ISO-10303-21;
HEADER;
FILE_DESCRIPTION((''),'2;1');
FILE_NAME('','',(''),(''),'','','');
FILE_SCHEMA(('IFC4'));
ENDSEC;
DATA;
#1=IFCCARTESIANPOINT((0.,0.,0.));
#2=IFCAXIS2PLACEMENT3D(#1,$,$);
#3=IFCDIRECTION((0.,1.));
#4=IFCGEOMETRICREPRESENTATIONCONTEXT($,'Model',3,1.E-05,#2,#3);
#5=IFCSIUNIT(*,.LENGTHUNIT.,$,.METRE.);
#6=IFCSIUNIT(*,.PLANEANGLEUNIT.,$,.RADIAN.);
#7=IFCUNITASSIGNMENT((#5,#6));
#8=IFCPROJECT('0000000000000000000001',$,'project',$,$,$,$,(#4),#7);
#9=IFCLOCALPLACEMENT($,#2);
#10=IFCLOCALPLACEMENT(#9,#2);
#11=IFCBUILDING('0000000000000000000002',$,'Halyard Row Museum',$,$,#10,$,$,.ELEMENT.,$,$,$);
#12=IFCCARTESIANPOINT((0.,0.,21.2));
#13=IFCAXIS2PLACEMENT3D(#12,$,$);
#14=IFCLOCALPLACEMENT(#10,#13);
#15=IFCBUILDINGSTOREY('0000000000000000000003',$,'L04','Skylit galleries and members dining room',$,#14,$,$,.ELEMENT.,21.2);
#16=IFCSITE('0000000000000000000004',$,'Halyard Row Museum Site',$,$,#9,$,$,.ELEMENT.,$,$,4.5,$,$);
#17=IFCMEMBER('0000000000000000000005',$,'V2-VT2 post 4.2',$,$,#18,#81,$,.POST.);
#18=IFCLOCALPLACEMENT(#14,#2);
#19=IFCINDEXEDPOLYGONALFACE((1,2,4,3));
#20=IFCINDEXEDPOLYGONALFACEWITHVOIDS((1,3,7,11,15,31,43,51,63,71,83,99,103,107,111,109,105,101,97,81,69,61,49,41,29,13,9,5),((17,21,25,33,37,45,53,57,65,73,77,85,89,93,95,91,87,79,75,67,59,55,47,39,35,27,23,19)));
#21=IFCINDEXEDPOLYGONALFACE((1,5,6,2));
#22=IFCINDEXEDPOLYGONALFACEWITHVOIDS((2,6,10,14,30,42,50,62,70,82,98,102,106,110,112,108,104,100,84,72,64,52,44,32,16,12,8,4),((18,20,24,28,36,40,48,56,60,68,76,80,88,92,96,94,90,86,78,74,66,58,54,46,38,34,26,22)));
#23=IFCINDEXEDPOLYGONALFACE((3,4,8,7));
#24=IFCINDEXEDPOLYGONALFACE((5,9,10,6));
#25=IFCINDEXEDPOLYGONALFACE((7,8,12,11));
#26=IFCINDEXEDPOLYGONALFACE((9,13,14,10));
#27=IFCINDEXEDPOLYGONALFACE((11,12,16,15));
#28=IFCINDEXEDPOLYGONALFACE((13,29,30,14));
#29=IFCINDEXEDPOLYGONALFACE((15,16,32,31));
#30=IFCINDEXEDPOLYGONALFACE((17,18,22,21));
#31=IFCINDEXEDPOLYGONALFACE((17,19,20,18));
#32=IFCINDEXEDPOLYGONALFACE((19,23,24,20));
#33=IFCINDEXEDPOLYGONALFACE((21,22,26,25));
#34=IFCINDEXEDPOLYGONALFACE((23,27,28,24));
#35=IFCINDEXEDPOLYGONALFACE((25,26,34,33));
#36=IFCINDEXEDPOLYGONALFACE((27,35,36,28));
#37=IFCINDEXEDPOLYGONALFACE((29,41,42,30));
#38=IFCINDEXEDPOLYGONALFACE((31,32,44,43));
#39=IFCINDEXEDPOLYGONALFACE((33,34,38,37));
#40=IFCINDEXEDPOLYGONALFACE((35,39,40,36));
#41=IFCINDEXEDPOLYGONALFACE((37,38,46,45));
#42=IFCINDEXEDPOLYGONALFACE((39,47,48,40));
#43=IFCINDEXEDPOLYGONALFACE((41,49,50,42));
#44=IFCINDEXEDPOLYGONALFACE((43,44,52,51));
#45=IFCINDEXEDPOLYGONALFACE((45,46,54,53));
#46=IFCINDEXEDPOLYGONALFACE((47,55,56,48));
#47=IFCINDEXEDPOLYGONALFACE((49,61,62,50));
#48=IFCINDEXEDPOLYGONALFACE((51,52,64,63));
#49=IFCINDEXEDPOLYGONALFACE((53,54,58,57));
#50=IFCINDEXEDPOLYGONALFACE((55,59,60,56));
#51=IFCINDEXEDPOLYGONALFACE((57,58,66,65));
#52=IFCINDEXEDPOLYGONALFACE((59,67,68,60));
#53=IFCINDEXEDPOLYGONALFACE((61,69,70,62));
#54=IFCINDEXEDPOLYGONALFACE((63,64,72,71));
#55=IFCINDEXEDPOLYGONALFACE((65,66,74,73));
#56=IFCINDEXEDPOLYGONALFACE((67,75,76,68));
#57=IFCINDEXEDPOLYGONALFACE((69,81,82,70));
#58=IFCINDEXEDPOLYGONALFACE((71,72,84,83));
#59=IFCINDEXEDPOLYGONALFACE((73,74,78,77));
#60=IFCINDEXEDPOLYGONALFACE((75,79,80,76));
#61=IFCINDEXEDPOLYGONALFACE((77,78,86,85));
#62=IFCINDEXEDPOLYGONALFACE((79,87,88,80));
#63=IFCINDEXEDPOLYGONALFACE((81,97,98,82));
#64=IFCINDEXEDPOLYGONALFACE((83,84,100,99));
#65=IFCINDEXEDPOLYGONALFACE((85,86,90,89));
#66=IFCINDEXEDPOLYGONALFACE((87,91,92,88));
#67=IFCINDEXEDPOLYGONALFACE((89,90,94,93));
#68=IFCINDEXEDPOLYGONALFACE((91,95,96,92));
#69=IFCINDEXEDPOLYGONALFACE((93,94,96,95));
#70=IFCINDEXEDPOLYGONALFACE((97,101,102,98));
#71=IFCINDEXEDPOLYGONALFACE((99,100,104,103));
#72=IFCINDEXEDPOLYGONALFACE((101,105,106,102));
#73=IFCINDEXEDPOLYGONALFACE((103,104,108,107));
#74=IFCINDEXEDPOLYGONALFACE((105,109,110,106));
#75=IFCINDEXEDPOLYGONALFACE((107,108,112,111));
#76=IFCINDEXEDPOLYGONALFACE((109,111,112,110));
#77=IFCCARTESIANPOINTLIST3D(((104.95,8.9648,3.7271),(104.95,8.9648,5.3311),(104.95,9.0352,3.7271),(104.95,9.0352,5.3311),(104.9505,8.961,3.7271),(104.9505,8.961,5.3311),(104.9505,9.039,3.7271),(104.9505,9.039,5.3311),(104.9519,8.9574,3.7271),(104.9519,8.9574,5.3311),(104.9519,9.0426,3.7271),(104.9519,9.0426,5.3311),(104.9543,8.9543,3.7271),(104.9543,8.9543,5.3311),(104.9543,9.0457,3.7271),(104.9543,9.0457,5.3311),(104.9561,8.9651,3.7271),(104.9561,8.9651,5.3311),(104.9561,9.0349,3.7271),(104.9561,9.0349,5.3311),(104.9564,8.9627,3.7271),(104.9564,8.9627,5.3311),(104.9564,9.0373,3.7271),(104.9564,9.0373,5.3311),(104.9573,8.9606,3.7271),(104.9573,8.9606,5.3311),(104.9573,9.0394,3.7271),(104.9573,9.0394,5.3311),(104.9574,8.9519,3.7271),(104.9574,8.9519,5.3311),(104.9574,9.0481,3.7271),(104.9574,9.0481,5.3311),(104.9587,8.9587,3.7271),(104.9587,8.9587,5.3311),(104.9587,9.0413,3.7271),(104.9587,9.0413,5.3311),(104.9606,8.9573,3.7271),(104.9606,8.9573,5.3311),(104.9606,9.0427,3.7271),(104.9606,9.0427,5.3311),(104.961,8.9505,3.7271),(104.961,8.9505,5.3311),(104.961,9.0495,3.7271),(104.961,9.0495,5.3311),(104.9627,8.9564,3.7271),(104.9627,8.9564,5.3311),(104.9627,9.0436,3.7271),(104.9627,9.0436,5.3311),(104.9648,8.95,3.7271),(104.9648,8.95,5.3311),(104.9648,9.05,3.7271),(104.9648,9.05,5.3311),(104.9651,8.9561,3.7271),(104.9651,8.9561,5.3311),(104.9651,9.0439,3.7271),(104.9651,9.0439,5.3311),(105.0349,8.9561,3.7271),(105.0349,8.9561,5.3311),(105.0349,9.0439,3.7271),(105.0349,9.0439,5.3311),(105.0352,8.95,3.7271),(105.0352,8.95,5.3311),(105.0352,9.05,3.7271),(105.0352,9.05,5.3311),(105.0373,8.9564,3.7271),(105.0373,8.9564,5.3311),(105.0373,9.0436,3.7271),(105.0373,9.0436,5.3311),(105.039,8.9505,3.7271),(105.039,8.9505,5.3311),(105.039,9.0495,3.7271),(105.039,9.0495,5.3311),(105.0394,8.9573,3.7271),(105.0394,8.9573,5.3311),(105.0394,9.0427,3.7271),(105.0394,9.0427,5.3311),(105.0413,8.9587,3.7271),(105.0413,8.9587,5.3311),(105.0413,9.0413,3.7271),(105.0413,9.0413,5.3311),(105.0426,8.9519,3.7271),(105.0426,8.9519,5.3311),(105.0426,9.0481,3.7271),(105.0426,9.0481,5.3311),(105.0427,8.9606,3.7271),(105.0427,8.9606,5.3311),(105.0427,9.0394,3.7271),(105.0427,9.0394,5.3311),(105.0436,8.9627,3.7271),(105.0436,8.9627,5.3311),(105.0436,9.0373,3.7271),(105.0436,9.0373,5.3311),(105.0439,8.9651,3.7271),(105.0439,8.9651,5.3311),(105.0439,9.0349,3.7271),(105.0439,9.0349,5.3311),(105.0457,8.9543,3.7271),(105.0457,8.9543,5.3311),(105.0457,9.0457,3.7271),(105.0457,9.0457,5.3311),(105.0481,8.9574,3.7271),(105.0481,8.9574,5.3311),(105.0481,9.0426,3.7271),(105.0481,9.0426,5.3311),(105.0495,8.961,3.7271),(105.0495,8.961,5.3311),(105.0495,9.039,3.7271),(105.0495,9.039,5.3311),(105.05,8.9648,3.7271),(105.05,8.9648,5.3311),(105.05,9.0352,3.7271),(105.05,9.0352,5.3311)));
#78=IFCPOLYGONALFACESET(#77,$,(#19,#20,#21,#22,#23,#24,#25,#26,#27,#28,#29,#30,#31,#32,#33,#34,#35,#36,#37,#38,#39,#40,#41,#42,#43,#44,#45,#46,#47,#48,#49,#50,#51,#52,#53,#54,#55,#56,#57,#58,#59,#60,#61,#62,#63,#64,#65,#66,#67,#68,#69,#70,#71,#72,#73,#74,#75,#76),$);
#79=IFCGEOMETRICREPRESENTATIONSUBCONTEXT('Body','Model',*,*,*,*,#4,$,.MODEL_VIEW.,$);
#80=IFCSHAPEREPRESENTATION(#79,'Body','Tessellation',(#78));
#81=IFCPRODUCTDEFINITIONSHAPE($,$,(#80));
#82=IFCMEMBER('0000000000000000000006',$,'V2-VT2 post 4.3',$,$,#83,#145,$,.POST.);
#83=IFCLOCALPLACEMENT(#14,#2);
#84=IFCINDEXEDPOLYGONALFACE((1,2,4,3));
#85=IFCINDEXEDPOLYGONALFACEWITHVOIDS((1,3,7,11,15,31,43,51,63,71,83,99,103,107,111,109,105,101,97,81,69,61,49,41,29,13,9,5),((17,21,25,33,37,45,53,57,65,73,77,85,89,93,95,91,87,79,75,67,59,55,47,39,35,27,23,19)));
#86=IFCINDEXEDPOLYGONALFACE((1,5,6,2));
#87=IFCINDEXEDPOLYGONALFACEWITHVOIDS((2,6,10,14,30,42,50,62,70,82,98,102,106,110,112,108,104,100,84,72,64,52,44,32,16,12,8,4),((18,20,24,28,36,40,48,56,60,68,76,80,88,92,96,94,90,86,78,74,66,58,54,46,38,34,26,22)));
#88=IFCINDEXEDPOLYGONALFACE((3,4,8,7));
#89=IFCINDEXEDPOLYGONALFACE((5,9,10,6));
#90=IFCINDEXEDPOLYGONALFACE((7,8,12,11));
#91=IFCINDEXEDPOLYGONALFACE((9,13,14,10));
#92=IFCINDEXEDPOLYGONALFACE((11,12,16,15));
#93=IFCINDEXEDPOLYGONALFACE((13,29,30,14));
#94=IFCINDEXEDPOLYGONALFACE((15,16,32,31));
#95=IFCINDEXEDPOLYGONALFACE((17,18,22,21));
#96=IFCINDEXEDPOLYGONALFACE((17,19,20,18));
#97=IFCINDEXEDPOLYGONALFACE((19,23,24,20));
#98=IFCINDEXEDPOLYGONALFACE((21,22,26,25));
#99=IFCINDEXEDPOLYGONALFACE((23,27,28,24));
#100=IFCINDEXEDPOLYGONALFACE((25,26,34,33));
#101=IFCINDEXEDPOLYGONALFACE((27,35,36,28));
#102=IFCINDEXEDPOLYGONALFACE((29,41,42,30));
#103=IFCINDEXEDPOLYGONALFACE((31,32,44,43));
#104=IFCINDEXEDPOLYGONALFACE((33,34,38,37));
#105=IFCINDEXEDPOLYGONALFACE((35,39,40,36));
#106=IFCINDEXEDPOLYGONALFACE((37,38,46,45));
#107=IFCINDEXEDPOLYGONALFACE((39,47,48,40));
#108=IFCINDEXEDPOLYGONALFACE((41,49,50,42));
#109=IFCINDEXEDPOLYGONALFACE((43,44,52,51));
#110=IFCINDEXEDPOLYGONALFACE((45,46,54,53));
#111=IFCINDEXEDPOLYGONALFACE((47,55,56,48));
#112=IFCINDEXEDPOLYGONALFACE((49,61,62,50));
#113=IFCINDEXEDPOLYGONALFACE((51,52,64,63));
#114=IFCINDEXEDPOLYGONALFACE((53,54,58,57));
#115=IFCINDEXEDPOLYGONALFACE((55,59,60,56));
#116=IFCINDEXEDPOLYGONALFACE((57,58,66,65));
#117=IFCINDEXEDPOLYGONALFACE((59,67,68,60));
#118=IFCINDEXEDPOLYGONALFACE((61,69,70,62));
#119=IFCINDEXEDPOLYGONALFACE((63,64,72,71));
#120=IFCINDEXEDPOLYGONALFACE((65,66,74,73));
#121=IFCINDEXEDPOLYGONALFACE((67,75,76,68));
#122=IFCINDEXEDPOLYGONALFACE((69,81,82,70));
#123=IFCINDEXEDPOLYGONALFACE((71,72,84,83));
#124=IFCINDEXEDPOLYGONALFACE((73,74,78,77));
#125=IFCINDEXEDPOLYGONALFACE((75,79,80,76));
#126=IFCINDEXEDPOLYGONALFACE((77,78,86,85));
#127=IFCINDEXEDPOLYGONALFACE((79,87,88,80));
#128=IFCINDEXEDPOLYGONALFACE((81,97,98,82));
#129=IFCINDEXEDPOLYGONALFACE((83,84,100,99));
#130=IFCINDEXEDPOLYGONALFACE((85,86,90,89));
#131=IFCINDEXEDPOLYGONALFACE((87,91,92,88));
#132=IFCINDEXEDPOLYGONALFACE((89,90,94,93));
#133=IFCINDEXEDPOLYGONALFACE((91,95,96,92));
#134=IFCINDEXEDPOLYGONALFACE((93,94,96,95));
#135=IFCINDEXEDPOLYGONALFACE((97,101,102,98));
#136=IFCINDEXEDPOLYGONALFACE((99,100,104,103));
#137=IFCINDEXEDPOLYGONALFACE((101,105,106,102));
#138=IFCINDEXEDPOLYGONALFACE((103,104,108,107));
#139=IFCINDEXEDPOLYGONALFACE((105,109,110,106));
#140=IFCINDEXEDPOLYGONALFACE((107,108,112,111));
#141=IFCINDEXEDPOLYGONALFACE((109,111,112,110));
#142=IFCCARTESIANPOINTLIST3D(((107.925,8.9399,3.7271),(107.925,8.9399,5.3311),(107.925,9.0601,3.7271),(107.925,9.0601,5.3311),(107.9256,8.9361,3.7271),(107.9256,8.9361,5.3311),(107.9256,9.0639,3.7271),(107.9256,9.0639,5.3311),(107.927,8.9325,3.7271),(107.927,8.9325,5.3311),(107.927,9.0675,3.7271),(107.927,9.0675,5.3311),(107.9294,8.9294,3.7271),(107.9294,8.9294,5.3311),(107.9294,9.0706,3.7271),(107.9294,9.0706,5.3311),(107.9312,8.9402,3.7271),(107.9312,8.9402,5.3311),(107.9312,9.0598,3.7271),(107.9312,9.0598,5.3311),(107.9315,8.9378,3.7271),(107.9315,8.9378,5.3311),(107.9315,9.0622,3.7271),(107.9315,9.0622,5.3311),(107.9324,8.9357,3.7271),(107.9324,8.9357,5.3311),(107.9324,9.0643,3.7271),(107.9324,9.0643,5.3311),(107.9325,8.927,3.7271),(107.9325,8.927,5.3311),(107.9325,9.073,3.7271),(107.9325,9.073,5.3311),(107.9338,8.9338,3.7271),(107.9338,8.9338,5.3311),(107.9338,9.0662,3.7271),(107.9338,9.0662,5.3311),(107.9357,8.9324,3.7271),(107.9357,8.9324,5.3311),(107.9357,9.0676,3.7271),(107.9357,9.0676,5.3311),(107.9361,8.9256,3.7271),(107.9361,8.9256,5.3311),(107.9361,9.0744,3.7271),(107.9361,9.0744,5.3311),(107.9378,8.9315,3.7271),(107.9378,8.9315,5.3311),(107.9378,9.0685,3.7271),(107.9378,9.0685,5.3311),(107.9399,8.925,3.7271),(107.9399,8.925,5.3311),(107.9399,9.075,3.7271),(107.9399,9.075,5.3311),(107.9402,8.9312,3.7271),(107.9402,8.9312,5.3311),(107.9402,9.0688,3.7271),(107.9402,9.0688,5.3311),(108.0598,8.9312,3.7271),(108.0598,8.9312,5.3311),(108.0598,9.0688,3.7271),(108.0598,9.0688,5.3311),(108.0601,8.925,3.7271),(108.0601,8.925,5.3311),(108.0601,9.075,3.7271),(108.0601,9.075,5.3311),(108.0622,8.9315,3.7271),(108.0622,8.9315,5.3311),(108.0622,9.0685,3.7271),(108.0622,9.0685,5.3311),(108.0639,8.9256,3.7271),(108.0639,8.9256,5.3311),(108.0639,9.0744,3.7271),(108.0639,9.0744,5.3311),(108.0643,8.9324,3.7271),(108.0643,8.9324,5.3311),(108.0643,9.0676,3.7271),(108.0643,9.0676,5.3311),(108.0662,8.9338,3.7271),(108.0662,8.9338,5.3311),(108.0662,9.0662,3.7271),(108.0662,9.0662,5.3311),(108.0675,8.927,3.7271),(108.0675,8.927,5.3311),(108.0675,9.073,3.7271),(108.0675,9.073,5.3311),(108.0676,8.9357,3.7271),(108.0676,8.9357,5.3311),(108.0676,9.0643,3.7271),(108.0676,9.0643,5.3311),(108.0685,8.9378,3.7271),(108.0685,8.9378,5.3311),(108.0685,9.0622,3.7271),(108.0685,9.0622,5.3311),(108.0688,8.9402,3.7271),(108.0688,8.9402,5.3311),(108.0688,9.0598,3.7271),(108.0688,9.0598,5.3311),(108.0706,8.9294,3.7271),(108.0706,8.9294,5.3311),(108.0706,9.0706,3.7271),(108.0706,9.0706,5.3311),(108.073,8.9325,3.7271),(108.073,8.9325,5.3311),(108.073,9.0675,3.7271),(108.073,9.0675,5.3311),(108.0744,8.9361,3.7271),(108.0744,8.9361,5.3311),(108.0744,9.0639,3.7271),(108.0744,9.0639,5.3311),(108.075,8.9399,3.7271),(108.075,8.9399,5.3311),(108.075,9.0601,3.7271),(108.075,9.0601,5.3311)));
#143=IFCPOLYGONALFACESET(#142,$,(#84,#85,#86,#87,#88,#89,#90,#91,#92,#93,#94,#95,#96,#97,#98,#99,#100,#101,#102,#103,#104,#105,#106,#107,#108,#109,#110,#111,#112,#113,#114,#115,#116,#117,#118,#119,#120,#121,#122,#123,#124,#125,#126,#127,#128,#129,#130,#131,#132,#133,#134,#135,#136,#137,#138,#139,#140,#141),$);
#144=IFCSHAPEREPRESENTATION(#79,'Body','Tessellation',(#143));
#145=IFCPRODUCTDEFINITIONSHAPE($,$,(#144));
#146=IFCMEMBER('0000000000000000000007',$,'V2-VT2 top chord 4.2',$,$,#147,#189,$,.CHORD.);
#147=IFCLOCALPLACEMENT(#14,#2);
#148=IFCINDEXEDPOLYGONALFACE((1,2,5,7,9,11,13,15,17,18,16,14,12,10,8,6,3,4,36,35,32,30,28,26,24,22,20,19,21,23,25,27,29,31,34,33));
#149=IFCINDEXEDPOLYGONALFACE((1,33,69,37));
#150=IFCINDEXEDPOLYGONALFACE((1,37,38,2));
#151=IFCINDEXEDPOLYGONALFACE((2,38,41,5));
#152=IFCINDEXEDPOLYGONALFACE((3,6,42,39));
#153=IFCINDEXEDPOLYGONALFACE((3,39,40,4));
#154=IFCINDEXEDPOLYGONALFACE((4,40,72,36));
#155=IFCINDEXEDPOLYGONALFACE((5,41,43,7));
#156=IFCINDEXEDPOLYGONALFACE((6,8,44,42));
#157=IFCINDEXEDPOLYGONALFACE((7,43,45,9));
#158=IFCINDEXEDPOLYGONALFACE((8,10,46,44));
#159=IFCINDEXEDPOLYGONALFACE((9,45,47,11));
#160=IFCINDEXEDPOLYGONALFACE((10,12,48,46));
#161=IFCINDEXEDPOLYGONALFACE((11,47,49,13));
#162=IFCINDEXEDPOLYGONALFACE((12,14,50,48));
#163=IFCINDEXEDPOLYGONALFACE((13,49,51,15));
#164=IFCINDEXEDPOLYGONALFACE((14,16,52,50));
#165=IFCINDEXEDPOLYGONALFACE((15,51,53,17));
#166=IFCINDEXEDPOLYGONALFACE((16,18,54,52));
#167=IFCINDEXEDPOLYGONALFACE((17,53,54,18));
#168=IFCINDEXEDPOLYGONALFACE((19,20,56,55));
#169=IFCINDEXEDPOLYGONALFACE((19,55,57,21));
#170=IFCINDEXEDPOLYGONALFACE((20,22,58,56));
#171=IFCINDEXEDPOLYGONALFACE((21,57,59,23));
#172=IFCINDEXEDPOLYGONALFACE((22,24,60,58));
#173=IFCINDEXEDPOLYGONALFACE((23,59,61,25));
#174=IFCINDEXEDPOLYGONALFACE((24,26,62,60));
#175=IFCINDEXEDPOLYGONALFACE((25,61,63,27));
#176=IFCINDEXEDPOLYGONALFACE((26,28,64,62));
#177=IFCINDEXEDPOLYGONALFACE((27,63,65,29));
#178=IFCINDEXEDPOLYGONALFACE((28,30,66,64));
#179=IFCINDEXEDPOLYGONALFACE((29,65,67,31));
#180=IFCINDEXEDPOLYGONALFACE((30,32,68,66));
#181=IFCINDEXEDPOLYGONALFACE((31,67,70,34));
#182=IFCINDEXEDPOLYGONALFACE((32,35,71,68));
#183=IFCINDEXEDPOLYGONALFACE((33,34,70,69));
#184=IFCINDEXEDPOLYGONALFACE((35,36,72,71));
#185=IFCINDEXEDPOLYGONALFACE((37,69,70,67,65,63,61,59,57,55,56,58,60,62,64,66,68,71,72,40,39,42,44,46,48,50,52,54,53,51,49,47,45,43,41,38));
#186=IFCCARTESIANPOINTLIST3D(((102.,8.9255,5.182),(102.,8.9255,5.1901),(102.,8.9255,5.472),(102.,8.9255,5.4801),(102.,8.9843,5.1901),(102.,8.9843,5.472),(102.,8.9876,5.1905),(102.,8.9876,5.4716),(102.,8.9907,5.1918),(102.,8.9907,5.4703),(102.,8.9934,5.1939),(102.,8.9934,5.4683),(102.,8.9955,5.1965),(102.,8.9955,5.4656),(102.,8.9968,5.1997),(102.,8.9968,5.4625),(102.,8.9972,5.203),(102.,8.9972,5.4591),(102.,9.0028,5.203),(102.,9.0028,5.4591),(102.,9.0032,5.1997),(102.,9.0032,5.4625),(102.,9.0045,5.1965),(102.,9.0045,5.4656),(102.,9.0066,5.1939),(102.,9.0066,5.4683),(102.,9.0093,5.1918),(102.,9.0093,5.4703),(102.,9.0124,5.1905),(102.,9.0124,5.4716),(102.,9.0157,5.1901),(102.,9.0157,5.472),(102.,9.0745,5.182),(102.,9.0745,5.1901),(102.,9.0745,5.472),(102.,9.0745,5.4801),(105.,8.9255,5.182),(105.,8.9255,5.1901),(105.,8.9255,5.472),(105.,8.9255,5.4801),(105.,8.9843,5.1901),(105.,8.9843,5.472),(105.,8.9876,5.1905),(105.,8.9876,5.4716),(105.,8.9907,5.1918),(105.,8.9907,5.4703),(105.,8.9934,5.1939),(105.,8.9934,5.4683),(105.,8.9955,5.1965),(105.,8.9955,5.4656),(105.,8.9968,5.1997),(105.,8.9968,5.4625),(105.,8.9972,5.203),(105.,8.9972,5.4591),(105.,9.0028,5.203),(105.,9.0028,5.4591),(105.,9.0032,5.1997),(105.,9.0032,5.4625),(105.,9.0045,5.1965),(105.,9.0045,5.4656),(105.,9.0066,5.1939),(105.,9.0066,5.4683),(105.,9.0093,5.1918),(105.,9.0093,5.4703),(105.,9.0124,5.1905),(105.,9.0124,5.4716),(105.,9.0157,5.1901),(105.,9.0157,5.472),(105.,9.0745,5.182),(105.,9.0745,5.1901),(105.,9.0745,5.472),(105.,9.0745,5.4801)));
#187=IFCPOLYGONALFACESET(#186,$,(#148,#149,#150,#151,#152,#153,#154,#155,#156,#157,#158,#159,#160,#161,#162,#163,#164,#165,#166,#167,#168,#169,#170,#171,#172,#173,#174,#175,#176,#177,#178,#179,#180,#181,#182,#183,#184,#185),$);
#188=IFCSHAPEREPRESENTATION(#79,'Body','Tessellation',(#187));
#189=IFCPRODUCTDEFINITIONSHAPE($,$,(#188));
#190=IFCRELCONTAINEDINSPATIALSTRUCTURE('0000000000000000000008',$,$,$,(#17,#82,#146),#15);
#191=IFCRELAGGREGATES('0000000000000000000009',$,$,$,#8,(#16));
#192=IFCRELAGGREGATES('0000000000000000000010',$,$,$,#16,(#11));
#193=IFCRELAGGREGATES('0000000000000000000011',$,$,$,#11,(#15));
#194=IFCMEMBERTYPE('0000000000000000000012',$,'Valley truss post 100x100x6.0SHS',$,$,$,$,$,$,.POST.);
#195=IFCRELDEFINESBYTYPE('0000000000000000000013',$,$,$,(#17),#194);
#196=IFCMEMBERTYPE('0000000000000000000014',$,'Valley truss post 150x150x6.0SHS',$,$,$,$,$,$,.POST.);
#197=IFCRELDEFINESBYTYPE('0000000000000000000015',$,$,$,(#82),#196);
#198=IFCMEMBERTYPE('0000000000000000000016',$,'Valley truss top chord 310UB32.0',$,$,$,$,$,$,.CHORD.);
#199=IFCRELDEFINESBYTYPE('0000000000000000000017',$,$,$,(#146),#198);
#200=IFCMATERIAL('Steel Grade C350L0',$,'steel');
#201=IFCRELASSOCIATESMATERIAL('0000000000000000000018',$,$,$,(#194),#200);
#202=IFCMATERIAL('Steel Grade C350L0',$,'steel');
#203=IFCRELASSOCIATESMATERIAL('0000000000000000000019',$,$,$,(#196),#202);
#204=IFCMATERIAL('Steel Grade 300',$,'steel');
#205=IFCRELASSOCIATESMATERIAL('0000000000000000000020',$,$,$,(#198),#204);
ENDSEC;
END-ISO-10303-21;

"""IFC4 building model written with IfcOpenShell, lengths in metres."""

from ifc_helpers import new_model, si_unit, direction, frame, origin, origin_2d, place, context, subcontext, project, spatial, hollow_rectangle, i_section, extrude, material, material_profile, profile_set, type_object, element, save


model = new_model("IFC4")

# Units and contexts
model_context = context("Model", 3, precision=1e-05, world=origin(), true_north=direction((0.0, 1.0)))
body_context = subcontext(model_context, "Body", "Model", "MODEL_VIEW")
ifc_project = project(units=[si_unit("LENGTHUNIT", "METRE"), si_unit("PLANEANGLEUNIT", "RADIAN")], contexts=[model_context])

# Site, building, storey
site_placement = place(None, origin())
site = spatial("IfcSite", under=ifc_project, at=site_placement, Name="Halyard Row Museum Site", CompositionType="ELEMENT", RefElevation=4.5)
building_placement = place(site_placement, origin())
building = spatial("IfcBuilding", under=site, at=building_placement, Name="Halyard Row Museum", CompositionType="ELEMENT")
storey_placement = place(building_placement, frame((0.0, 0.0, 21.2)))
storey = spatial("IfcBuildingStorey", under=building, at=storey_placement, Name="L04", Description="Skylit galleries and members dining room", CompositionType="ELEMENT", Elevation=21.2)

# Members
ifc_material_1 = material(Name="Steel Grade C350L0", Category="steel")
ifc_material_profile_1 = material_profile(ifc_material_1, hollow_rectangle(XDim=0.1001, YDim=0.1001, WallThickness=0.0061, InnerFilletRadius=0.009, OuterFilletRadius=0.0149, at=origin_2d()), Name="100x100x6.0SHS")
ifc_profile_set_1 = profile_set([ifc_material_profile_1], Name="Steel Grade C350L0")
member_type_1 = type_object("IfcMemberType", Name="Valley truss post 100x100x6.0SHS", PredefinedType="POST", material=ifc_profile_set_1)
for number, where, z_axis, x_axis, name in (
    (1, (105.0, 9.0, 3.7271), (0.0, 0.0, 1.0), (1.0, 0.0, 0.0), "V2-VT2 post 4.2"),
):
    element("IfcMember", number, at=place(storey_placement, frame(where, z_axis=z_axis, x_axis=x_axis)), inside=storey, type_object=member_type_1, Name=name, PredefinedType="POST", context=body_context, shape_type="SweptSolid", body=[
        extrude(hollow_rectangle(XDim=0.1001, YDim=0.1001, WallThickness=0.0061, InnerFilletRadius=0.009, OuterFilletRadius=0.0149, at=origin_2d()), origin(), (0.0, 0.0, 1.0), 1.604),
    ])
ifc_material_2 = material(Name="Steel Grade C350L0", Category="steel")
ifc_material_profile_2 = material_profile(ifc_material_2, hollow_rectangle(XDim=0.1499, YDim=0.1499, WallThickness=0.0061, InnerFilletRadius=0.009, OuterFilletRadius=0.0149, at=origin_2d()), Name="150x150x6.0SHS")
ifc_profile_set_2 = profile_set([ifc_material_profile_2], Name="Steel Grade C350L0")
member_type_2 = type_object("IfcMemberType", Name="Valley truss post 150x150x6.0SHS", PredefinedType="POST", material=ifc_profile_set_2)
member_1_placement = place(storey_placement, frame((108.0, 9.0, 3.7271), z_axis=(0.0, 0.0, 1.0), x_axis=(1.0, 0.0, 0.0)))
element("IfcMember", 2, at=member_1_placement, inside=storey, type_object=member_type_2, Name="V2-VT2 post 4.3", PredefinedType="POST", context=body_context, shape_type="SweptSolid", body=[
    extrude(hollow_rectangle(XDim=0.1499, YDim=0.1499, WallThickness=0.0061, InnerFilletRadius=0.009, OuterFilletRadius=0.0149, at=origin_2d()), origin(), (0.0, 0.0, 1.0), 1.604),
])
ifc_material_3 = material(Name="Steel Grade 300", Category="steel")
ifc_material_profile_3 = material_profile(ifc_material_3, i_section(OverallWidth=0.1489, OverallDepth=0.2981, WebThickness=0.0056, FlangeThickness=0.0081, FilletRadius=0.0129, at=origin_2d()), Name="310UB32.0")
ifc_profile_set_3 = profile_set([ifc_material_profile_3], Name="Steel Grade 300")
member_type_3 = type_object("IfcMemberType", Name="Valley truss top chord 310UB32.0", PredefinedType="CHORD", material=ifc_profile_set_3)
for number, where, z_axis, x_axis, name in (
    (3, (102.0, 9.0, 5.3311), (1.0, 0.0, 0.0), (0.0, 1.0, 0.0), "V2-VT2 top chord 4.2"),
):
    element("IfcMember", number, at=place(storey_placement, frame(where, z_axis=z_axis, x_axis=x_axis)), inside=storey, type_object=member_type_3, Name=name, PredefinedType="CHORD", context=body_context, shape_type="SweptSolid", body=[
        extrude(i_section(OverallWidth=0.1489, OverallDepth=0.2981, WebThickness=0.0056, FlangeThickness=0.0081, FilletRadius=0.0129, at=origin_2d()), origin(), (0.0, 0.0, 1.0), 3.0),
    ])

save(model, "model.ifc")
